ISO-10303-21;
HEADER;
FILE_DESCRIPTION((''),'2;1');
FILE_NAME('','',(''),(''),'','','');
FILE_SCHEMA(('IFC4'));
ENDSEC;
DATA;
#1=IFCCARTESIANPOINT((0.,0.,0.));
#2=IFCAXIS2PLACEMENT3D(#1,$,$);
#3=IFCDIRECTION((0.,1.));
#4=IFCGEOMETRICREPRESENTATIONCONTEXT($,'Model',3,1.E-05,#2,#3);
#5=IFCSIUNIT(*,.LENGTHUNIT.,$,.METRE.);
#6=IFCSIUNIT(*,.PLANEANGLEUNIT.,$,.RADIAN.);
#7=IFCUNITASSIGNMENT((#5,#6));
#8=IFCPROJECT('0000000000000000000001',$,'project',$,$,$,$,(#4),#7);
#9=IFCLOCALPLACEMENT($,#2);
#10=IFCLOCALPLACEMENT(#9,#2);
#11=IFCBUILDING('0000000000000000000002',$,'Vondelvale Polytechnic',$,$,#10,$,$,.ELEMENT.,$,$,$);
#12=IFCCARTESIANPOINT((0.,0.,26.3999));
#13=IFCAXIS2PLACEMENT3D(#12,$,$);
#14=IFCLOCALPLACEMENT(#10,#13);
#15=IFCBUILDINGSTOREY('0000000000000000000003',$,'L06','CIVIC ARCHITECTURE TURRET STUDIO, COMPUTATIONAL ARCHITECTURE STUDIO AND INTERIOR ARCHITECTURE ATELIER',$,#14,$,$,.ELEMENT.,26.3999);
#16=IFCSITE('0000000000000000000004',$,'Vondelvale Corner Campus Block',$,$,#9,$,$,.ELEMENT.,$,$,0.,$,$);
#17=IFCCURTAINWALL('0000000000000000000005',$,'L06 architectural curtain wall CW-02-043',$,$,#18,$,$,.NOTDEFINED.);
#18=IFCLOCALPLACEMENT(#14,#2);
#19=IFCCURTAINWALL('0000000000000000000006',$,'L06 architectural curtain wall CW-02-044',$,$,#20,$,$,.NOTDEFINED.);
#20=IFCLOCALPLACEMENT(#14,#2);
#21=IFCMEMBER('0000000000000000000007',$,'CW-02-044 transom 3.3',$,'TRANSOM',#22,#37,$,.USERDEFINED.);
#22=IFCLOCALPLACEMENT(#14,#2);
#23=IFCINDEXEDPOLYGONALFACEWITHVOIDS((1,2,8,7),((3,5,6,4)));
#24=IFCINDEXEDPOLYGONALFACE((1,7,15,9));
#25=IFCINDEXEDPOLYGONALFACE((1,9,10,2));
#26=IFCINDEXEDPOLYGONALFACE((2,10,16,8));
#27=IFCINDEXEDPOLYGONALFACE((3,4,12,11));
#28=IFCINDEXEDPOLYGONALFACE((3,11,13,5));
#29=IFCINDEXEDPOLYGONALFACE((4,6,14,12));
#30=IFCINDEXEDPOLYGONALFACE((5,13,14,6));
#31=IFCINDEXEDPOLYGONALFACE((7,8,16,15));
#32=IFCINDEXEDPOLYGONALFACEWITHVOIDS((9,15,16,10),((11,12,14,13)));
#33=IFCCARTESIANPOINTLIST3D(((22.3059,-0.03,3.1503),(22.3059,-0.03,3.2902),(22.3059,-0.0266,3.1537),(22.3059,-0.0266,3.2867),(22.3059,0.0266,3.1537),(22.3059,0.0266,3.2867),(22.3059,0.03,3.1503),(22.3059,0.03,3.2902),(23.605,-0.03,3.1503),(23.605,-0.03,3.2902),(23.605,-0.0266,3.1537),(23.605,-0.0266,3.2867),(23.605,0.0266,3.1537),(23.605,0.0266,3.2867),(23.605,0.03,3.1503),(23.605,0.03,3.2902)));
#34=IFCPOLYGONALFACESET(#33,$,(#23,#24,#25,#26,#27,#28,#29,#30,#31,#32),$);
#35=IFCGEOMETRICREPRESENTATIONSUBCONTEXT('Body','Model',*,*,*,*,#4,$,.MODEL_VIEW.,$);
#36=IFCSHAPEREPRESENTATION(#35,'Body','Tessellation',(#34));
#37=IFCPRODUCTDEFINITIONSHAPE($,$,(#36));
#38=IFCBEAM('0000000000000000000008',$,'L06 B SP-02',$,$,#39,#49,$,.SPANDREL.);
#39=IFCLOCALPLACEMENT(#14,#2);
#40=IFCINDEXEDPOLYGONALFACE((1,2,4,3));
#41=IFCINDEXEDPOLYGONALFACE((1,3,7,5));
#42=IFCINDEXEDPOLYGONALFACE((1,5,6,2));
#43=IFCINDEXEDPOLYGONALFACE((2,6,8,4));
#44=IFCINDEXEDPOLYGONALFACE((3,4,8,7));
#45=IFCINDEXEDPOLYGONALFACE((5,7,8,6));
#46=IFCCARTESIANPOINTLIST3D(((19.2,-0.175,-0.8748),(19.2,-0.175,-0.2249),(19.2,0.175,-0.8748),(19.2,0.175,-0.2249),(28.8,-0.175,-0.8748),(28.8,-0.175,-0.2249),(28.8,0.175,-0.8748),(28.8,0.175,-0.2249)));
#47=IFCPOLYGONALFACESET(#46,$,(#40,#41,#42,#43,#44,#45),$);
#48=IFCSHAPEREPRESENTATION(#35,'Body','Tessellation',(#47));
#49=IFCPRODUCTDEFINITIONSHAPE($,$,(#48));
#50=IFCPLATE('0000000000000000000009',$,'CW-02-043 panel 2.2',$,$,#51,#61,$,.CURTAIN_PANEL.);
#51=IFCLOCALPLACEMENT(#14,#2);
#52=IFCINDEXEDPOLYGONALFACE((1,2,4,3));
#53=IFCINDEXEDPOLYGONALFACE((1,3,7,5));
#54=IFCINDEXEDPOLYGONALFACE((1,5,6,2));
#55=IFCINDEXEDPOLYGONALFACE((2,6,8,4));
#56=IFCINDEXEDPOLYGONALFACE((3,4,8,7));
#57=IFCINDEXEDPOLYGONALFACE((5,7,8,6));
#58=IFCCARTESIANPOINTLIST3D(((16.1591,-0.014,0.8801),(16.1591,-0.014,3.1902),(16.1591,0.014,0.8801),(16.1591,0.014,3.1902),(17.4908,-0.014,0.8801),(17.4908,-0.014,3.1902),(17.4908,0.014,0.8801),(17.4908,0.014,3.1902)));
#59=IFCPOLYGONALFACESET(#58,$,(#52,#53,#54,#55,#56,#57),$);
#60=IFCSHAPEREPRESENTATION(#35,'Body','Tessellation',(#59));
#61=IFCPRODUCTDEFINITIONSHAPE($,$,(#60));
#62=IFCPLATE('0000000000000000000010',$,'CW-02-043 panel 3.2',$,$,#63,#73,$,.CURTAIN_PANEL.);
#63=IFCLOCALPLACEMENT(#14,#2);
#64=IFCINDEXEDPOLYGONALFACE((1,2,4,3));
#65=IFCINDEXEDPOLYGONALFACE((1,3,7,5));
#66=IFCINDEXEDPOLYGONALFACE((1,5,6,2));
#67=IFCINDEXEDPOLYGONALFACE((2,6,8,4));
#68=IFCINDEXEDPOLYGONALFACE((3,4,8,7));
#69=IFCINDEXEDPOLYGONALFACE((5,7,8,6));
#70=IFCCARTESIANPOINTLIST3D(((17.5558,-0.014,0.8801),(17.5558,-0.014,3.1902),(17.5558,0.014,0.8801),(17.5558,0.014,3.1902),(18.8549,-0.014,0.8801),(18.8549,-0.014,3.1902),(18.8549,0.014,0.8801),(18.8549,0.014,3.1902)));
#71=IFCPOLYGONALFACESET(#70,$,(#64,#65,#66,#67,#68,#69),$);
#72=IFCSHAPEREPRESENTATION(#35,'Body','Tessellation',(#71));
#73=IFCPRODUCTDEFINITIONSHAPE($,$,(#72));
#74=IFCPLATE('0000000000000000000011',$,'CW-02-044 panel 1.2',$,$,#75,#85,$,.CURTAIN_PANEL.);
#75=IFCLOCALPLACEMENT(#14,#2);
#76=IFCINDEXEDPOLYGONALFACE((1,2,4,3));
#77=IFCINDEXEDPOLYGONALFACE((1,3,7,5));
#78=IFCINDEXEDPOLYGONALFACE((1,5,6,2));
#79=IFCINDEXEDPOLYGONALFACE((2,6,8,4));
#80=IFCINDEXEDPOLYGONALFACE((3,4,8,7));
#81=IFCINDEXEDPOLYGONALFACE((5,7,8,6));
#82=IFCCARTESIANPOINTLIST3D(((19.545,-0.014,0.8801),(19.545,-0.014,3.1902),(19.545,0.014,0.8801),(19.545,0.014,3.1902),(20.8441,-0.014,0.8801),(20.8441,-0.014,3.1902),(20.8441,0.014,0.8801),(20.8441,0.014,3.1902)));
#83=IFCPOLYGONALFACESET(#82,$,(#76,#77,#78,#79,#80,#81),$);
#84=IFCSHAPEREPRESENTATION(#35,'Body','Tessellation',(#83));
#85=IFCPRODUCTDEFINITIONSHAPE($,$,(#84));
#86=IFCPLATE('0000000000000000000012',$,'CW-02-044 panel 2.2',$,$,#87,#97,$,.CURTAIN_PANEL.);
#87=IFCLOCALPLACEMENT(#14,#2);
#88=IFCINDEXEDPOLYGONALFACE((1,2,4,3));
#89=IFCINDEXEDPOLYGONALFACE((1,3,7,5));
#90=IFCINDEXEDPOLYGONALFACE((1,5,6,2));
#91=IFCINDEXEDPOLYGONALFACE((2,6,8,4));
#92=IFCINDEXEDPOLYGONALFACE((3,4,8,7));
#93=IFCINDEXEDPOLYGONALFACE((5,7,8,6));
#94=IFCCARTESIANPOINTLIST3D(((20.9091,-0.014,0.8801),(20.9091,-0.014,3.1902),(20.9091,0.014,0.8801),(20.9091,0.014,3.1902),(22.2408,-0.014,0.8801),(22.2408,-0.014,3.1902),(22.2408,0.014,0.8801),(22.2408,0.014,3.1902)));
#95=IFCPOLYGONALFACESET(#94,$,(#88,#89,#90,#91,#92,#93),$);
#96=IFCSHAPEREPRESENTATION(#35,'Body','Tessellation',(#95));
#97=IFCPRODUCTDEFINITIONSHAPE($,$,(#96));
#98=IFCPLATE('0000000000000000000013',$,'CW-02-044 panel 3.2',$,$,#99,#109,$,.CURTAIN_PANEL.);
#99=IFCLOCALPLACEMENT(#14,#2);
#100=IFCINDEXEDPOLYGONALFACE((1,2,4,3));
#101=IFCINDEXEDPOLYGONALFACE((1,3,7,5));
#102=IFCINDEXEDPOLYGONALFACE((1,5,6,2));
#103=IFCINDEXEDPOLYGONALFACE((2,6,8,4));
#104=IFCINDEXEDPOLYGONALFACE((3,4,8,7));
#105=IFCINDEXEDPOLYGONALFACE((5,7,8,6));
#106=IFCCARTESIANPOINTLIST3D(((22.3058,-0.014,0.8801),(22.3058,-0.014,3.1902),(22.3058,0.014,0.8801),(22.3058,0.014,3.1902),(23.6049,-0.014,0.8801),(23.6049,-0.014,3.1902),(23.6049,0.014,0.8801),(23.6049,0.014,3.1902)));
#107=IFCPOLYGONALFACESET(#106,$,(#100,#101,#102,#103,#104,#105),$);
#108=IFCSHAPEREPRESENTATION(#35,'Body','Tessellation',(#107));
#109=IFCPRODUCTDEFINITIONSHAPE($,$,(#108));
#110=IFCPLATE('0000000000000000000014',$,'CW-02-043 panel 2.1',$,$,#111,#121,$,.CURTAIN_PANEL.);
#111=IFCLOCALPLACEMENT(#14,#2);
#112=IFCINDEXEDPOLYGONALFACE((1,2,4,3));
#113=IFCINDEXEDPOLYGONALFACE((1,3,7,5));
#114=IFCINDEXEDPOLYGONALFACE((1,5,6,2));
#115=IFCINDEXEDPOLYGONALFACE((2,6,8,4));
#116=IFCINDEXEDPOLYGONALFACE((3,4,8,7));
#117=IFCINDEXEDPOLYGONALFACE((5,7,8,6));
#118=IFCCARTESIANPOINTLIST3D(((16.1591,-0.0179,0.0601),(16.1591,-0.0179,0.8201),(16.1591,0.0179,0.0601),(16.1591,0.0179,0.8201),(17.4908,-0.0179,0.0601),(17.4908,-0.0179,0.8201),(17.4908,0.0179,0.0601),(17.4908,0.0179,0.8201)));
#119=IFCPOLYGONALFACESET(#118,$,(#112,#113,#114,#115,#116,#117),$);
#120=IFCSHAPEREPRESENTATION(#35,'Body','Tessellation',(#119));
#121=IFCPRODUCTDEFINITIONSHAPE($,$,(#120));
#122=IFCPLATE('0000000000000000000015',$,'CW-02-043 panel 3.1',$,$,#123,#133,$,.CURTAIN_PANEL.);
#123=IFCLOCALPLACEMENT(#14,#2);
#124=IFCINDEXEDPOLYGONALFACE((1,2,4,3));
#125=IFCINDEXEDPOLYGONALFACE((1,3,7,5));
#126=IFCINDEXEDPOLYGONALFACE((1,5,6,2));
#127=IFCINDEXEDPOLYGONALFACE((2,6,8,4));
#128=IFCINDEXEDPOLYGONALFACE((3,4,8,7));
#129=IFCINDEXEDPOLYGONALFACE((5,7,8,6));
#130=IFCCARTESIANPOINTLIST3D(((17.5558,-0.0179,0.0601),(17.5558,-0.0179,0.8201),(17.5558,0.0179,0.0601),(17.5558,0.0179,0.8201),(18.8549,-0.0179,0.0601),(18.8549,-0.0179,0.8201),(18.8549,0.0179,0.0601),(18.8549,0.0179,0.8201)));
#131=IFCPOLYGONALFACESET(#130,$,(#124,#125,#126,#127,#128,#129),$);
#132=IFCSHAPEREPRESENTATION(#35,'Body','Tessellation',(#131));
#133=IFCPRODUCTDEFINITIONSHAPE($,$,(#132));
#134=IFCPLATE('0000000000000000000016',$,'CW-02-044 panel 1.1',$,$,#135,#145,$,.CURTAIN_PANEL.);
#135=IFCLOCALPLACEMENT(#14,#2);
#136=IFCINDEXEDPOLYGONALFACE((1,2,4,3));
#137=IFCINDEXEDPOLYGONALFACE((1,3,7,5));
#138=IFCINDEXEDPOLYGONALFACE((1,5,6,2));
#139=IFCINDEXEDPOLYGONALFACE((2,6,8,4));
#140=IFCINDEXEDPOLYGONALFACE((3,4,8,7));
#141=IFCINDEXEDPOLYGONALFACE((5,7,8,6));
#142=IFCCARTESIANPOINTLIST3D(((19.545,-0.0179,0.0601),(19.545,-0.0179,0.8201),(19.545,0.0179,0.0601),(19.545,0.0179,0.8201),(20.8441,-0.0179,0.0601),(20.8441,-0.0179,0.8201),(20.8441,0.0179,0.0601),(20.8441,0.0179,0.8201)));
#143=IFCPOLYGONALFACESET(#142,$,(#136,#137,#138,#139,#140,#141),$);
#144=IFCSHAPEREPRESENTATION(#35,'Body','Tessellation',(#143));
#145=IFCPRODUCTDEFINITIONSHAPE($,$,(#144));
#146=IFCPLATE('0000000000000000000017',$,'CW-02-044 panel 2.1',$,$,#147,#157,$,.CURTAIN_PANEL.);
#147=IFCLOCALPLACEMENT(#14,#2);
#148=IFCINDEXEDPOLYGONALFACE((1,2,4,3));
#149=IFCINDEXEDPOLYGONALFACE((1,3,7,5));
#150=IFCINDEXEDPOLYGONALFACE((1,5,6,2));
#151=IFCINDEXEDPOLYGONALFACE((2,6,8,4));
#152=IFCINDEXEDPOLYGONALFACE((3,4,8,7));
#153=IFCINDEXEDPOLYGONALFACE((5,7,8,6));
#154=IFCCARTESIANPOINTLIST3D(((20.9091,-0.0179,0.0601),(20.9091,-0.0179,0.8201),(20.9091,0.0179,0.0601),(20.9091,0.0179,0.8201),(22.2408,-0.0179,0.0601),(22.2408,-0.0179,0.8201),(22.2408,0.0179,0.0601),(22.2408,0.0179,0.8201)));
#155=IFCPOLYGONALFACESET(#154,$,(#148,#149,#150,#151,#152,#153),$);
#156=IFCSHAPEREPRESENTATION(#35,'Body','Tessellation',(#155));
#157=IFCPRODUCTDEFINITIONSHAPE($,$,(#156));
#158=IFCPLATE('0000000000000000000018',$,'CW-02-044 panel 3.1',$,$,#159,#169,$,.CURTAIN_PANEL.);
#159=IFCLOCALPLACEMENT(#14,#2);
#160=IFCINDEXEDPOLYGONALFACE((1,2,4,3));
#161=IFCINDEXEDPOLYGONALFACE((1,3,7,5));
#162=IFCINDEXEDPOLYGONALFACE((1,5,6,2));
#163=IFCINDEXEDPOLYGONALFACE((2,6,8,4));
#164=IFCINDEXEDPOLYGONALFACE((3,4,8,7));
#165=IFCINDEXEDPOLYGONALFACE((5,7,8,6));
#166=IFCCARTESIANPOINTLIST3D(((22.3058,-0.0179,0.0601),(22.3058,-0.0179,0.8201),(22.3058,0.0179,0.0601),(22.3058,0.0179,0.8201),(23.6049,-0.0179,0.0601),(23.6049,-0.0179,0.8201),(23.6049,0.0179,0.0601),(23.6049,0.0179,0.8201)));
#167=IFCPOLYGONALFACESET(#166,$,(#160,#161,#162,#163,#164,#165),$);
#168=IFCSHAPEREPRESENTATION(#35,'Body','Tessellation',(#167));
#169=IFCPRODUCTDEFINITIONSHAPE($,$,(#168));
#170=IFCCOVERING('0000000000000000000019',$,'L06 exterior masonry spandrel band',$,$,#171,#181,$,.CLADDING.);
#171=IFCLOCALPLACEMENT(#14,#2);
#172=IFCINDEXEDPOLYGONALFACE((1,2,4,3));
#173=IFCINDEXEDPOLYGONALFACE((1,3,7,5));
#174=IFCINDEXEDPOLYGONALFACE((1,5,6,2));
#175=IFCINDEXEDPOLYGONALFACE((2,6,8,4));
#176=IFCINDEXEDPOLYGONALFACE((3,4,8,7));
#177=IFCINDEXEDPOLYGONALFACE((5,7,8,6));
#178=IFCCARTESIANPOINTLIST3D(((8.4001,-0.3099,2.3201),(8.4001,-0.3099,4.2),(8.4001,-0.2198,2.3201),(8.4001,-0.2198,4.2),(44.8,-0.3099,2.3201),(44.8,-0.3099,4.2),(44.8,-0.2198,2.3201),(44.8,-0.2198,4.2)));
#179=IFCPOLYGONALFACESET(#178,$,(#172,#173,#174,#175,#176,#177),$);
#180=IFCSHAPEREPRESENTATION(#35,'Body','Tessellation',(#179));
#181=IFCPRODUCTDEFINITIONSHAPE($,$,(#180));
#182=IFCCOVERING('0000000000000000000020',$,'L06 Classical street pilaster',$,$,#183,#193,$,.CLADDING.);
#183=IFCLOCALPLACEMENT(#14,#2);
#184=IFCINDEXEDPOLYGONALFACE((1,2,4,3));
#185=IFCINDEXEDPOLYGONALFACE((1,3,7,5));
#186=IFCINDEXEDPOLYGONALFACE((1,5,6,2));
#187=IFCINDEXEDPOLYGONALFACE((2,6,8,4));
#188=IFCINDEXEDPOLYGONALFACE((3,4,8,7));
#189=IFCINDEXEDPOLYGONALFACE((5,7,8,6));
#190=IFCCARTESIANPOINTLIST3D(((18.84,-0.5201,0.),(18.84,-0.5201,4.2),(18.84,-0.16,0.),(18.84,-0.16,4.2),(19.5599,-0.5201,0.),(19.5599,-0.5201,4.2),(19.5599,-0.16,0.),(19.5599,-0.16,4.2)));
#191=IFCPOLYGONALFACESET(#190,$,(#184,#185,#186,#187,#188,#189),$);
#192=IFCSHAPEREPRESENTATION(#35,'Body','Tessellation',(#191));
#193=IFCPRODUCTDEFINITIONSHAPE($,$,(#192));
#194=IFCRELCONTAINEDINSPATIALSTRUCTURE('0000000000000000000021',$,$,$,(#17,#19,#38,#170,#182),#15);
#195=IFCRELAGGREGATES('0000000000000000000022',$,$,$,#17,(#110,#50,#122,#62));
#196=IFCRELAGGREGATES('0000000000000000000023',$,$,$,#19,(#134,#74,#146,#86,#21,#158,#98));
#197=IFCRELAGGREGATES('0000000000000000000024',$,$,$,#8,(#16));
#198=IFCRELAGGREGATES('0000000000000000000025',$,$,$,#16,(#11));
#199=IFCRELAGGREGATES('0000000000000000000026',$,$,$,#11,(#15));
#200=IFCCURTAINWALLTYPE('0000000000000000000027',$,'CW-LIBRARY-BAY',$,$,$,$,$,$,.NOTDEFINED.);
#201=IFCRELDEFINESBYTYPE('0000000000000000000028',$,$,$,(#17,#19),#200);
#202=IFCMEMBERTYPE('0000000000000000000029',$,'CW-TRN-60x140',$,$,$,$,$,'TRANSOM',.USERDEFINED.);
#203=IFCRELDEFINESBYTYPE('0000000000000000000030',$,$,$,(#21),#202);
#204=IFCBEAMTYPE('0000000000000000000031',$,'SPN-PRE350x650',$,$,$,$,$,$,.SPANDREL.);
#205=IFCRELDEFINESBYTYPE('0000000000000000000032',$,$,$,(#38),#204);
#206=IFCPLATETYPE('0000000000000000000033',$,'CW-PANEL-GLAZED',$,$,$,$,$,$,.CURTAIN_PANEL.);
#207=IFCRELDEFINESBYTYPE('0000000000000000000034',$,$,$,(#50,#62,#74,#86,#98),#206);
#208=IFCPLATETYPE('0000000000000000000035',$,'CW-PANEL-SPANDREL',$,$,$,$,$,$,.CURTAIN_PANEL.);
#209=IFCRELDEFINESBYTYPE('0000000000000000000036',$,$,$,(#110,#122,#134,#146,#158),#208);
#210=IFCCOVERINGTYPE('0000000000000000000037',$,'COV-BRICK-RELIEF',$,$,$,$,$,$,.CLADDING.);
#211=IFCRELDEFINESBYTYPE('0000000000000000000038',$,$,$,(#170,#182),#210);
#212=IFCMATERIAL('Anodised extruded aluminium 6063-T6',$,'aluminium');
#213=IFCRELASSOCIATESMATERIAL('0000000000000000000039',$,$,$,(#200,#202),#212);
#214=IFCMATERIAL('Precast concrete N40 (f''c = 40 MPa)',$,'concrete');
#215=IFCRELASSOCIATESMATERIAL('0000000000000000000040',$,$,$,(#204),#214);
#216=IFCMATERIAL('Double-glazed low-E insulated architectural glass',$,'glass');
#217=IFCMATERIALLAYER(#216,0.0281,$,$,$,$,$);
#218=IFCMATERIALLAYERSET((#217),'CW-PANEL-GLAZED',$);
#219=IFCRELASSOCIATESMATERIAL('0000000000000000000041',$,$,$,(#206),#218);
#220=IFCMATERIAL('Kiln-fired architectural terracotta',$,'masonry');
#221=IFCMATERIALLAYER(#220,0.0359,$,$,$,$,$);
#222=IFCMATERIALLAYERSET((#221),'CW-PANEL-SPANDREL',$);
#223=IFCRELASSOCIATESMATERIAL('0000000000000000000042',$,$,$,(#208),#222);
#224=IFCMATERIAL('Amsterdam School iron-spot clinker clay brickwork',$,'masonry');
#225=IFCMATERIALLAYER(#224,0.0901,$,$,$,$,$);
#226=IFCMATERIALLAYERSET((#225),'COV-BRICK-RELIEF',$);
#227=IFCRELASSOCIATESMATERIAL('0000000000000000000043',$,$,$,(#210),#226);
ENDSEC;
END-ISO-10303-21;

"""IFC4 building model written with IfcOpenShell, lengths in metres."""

from ifc_helpers import new_model, si_unit, direction, frame, origin, origin_2d, place, context, subcontext, project, spatial, rectangle, hollow_rectangle, extrude, material, layer, layer_set, material_profile, profile_set, type_object, element, aggregate, save


model = new_model("IFC4")

# Units and contexts
model_context = context("Model", 3, precision=1e-05, world=origin(), true_north=direction((0.0, 1.0)))
body_context = subcontext(model_context, "Body", "Model", "MODEL_VIEW")
ifc_project = project(units=[si_unit("LENGTHUNIT", "METRE"), si_unit("PLANEANGLEUNIT", "RADIAN")], contexts=[model_context])

# Site, building, storey
site_placement = place(None, origin())
site = spatial("IfcSite", under=ifc_project, at=site_placement, Name="Vondelvale Corner Campus Block", CompositionType="ELEMENT", RefElevation=0.0)
building_placement = place(site_placement, origin())
building = spatial("IfcBuilding", under=site, at=building_placement, Name="Vondelvale Polytechnic", CompositionType="ELEMENT")
storey_placement = place(building_placement, frame((0.0, 0.0, 26.3999)))
storey = spatial("IfcBuildingStorey", under=building, at=storey_placement, Name="L06", Description="CIVIC ARCHITECTURE TURRET STUDIO, COMPUTATIONAL ARCHITECTURE STUDIO AND INTERIOR ARCHITECTURE ATELIER", CompositionType="ELEMENT", Elevation=26.3999)

# Curtain walls
ifc_material_1 = material(Name="Anodised extruded aluminium 6063-T6", Category="aluminium")
curtain_wall_type = type_object("IfcCurtainWallType", Name="CW-LIBRARY-BAY", PredefinedType="NOTDEFINED", material=ifc_material_1)
curtain_wall_1_placement = place(storey_placement, origin())
curtain_wall_1 = element("IfcCurtainWall", 1, at=curtain_wall_1_placement, inside=storey, type_object=curtain_wall_type, Name="L06 architectural curtain wall CW-02-043", PredefinedType="NOTDEFINED")
curtain_wall_2_placement = place(storey_placement, origin())
curtain_wall_2 = element("IfcCurtainWall", 2, at=curtain_wall_2_placement, inside=storey, type_object=curtain_wall_type, Name="L06 architectural curtain wall CW-02-044", PredefinedType="NOTDEFINED")

# Member
ifc_material_profile_1 = material_profile(ifc_material_1, hollow_rectangle(XDim=0.0601, YDim=0.1399, WallThickness=0.0034, at=origin_2d()), Name="CW-TRN-140x60")
ifc_profile_set_1 = profile_set([ifc_material_profile_1], Name="Anodised extruded aluminium 6063-T6")
member_type_1 = type_object("IfcMemberType", Name="CW-TRN-60x140", ElementType="TRANSOM", PredefinedType="USERDEFINED", material=ifc_profile_set_1)
member_1_placement = place(storey_placement, frame((22.3059, 0.0, 3.2202), z_axis=(1.0, 0.0, 0.0), x_axis=(0.0, 1.0, 0.0)))
member_1 = element("IfcMember", 3, at=member_1_placement, type_object=member_type_1, Name="CW-02-044 transom 3.3", ObjectType="TRANSOM", PredefinedType="USERDEFINED", context=body_context, shape_type="SweptSolid", body=[
    extrude(hollow_rectangle(XDim=0.0601, YDim=0.1399, WallThickness=0.0034, at=origin_2d()), origin(), (0.0, 0.0, 1.0), 1.2991),
])

# Beam
ifc_material_2 = material(Name="Precast concrete N40 (f'c = 40 MPa)", Category="concrete")
ifc_material_profile_2 = material_profile(ifc_material_2, rectangle(XDim=0.3501, YDim=0.6499, at=origin_2d()), Name="RC-SPN-350x650")
ifc_profile_set_2 = profile_set([ifc_material_profile_2], Name="Precast concrete N40 (f'c = 40 MPa)")
beam_type_1 = type_object("IfcBeamType", Name="SPN-PRE350x650", PredefinedType="SPANDREL", material=ifc_profile_set_2)
beam_1_placement = place(storey_placement, frame((19.2, 0.0, -0.5498), z_axis=(1.0, 0.0, 0.0), x_axis=(0.0, 1.0, 0.0)))
element("IfcBeam", 4, at=beam_1_placement, inside=storey, type_object=beam_type_1, Name="L06 B SP-02", PredefinedType="SPANDREL", context=body_context, shape_type="SweptSolid", body=[
    extrude(rectangle(XDim=0.3501, YDim=0.6499, at=origin_2d()), origin(), (0.0, 0.0, 1.0), 9.6001),
])

# Plates
ifc_material_3 = material(Name="Double-glazed low-E insulated architectural glass", Category="glass")
ifc_layer_1 = layer(ifc_material_3, 0.0281)
ifc_layer_set_1 = layer_set([ifc_layer_1], Name="CW-PANEL-GLAZED")
plate_type_1 = type_object("IfcPlateType", Name="CW-PANEL-GLAZED", PredefinedType="CURTAIN_PANEL", material=ifc_layer_set_1)
plate_1_placement = place(storey_placement, frame((16.825, 0.0, 0.8801), z_axis=(0.0, 0.0, 1.0), x_axis=(1.0, 0.0, 0.0)))
plate_1 = element("IfcPlate", 5, at=plate_1_placement, type_object=plate_type_1, Name="CW-02-043 panel 2.2", PredefinedType="CURTAIN_PANEL", context=body_context, shape_type="SweptSolid", body=[
    extrude(rectangle(XDim=1.3318, YDim=0.0281, at=origin_2d()), origin(), (0.0, 0.0, 1.0), 2.3101),
])
plate_2_placement = place(storey_placement, frame((18.2053, 0.0, 0.8801), z_axis=(0.0, 0.0, 1.0), x_axis=(1.0, 0.0, 0.0)))
plate_2 = element("IfcPlate", 6, at=plate_2_placement, type_object=plate_type_1, Name="CW-02-043 panel 3.2", PredefinedType="CURTAIN_PANEL", context=body_context, shape_type="SweptSolid", body=[
    extrude(rectangle(XDim=1.2991, YDim=0.0281, at=origin_2d()), origin(), (0.0, 0.0, 1.0), 2.3101),
])
plate_3_placement = place(storey_placement, frame((20.1946, 0.0, 0.8801), z_axis=(0.0, 0.0, 1.0), x_axis=(1.0, 0.0, 0.0)))
plate_3 = element("IfcPlate", 7, at=plate_3_placement, type_object=plate_type_1, Name="CW-02-044 panel 1.2", PredefinedType="CURTAIN_PANEL", context=body_context, shape_type="SweptSolid", body=[
    extrude(rectangle(XDim=1.2991, YDim=0.0281, at=origin_2d()), origin(), (0.0, 0.0, 1.0), 2.3101),
])
plate_4_placement = place(storey_placement, frame((21.575, 0.0, 0.8801), z_axis=(0.0, 0.0, 1.0), x_axis=(1.0, 0.0, 0.0)))
plate_4 = element("IfcPlate", 8, at=plate_4_placement, type_object=plate_type_1, Name="CW-02-044 panel 2.2", PredefinedType="CURTAIN_PANEL", context=body_context, shape_type="SweptSolid", body=[
    extrude(rectangle(XDim=1.3318, YDim=0.0281, at=origin_2d()), origin(), (0.0, 0.0, 1.0), 2.3101),
])
plate_5_placement = place(storey_placement, frame((22.9553, 0.0, 0.8801), z_axis=(0.0, 0.0, 1.0), x_axis=(1.0, 0.0, 0.0)))
plate_5 = element("IfcPlate", 9, at=plate_5_placement, type_object=plate_type_1, Name="CW-02-044 panel 3.2", PredefinedType="CURTAIN_PANEL", context=body_context, shape_type="SweptSolid", body=[
    extrude(rectangle(XDim=1.2991, YDim=0.0281, at=origin_2d()), origin(), (0.0, 0.0, 1.0), 2.3101),
])
ifc_material_4 = material(Name="Kiln-fired architectural terracotta", Category="masonry")
ifc_layer_2 = layer(ifc_material_4, 0.0359)
ifc_layer_set_2 = layer_set([ifc_layer_2], Name="CW-PANEL-SPANDREL")
plate_type_2 = type_object("IfcPlateType", Name="CW-PANEL-SPANDREL", PredefinedType="CURTAIN_PANEL", material=ifc_layer_set_2)
plate_6_placement = place(storey_placement, frame((16.825, 0.0, 0.0601), z_axis=(0.0, 0.0, 1.0), x_axis=(1.0, 0.0, 0.0)))
plate_6 = element("IfcPlate", 10, at=plate_6_placement, type_object=plate_type_2, Name="CW-02-043 panel 2.1", PredefinedType="CURTAIN_PANEL", context=body_context, shape_type="SweptSolid", body=[
    extrude(rectangle(XDim=1.3318, YDim=0.0359, at=origin_2d()), origin(), (0.0, 0.0, 1.0), 0.76),
])
plate_7_placement = place(storey_placement, frame((18.2053, 0.0, 0.0601), z_axis=(0.0, 0.0, 1.0), x_axis=(1.0, 0.0, 0.0)))
plate_7 = element("IfcPlate", 11, at=plate_7_placement, type_object=plate_type_2, Name="CW-02-043 panel 3.1", PredefinedType="CURTAIN_PANEL", context=body_context, shape_type="SweptSolid", body=[
    extrude(rectangle(XDim=1.2991, YDim=0.0359, at=origin_2d()), origin(), (0.0, 0.0, 1.0), 0.76),
])
aggregate(curtain_wall_1, [plate_6, plate_1, plate_7, plate_2])
plate_8_placement = place(storey_placement, frame((20.1946, 0.0, 0.0601), z_axis=(0.0, 0.0, 1.0), x_axis=(1.0, 0.0, 0.0)))
plate_8 = element("IfcPlate", 12, at=plate_8_placement, type_object=plate_type_2, Name="CW-02-044 panel 1.1", PredefinedType="CURTAIN_PANEL", context=body_context, shape_type="SweptSolid", body=[
    extrude(rectangle(XDim=1.2991, YDim=0.0359, at=origin_2d()), origin(), (0.0, 0.0, 1.0), 0.76),
])
plate_9_placement = place(storey_placement, frame((21.575, 0.0, 0.0601), z_axis=(0.0, 0.0, 1.0), x_axis=(1.0, 0.0, 0.0)))
plate_9 = element("IfcPlate", 13, at=plate_9_placement, type_object=plate_type_2, Name="CW-02-044 panel 2.1", PredefinedType="CURTAIN_PANEL", context=body_context, shape_type="SweptSolid", body=[
    extrude(rectangle(XDim=1.3318, YDim=0.0359, at=origin_2d()), origin(), (0.0, 0.0, 1.0), 0.76),
])
plate_10_placement = place(storey_placement, frame((22.9553, 0.0, 0.0601), z_axis=(0.0, 0.0, 1.0), x_axis=(1.0, 0.0, 0.0)))
plate_10 = element("IfcPlate", 14, at=plate_10_placement, type_object=plate_type_2, Name="CW-02-044 panel 3.1", PredefinedType="CURTAIN_PANEL", context=body_context, shape_type="SweptSolid", body=[
    extrude(rectangle(XDim=1.2991, YDim=0.0359, at=origin_2d()), origin(), (0.0, 0.0, 1.0), 0.76),
])
aggregate(curtain_wall_2, [plate_8, plate_3, plate_9, plate_4, member_1, plate_10, plate_5])

# Coverings
ifc_material_5 = material(Name="Amsterdam School iron-spot clinker clay brickwork", Category="masonry")
ifc_layer_3 = layer(ifc_material_5, 0.0901)
ifc_layer_set_3 = layer_set([ifc_layer_3], Name="COV-BRICK-RELIEF")
covering_type = type_object("IfcCoveringType", Name="COV-BRICK-RELIEF", PredefinedType="CLADDING", material=ifc_layer_set_3)
covering_placement = place(storey_placement, frame((26.6001, -0.2649, 2.3201), z_axis=(0.0, 0.0, 1.0), x_axis=(1.0, 0.0, 0.0)))
element("IfcCovering", 15, at=covering_placement, inside=storey, type_object=covering_type, Name="L06 exterior masonry spandrel band", PredefinedType="CLADDING", context=body_context, shape_type="SweptSolid", body=[
    extrude(rectangle(XDim=36.3999, YDim=0.0901, at=origin_2d()), origin(), (0.0, 0.0, 1.0), 1.8799),
])
for number, where, z_axis, x_axis, name in (
    (16, (19.2, -0.3401, 0.0), (0.0, 0.0, 1.0), (1.0, 0.0, 0.0), "L06 Classical street pilaster"),
):
    element("IfcCovering", number, at=place(storey_placement, frame(where, z_axis=z_axis, x_axis=x_axis)), inside=storey, type_object=covering_type, Name=name, PredefinedType="CLADDING", context=body_context, shape_type="SweptSolid", body=[
        extrude(rectangle(XDim=0.72, YDim=0.3601, at=origin_2d()), origin(), (0.0, 0.0, 1.0), 4.2),
    ])

save(model, "model.ifc")
